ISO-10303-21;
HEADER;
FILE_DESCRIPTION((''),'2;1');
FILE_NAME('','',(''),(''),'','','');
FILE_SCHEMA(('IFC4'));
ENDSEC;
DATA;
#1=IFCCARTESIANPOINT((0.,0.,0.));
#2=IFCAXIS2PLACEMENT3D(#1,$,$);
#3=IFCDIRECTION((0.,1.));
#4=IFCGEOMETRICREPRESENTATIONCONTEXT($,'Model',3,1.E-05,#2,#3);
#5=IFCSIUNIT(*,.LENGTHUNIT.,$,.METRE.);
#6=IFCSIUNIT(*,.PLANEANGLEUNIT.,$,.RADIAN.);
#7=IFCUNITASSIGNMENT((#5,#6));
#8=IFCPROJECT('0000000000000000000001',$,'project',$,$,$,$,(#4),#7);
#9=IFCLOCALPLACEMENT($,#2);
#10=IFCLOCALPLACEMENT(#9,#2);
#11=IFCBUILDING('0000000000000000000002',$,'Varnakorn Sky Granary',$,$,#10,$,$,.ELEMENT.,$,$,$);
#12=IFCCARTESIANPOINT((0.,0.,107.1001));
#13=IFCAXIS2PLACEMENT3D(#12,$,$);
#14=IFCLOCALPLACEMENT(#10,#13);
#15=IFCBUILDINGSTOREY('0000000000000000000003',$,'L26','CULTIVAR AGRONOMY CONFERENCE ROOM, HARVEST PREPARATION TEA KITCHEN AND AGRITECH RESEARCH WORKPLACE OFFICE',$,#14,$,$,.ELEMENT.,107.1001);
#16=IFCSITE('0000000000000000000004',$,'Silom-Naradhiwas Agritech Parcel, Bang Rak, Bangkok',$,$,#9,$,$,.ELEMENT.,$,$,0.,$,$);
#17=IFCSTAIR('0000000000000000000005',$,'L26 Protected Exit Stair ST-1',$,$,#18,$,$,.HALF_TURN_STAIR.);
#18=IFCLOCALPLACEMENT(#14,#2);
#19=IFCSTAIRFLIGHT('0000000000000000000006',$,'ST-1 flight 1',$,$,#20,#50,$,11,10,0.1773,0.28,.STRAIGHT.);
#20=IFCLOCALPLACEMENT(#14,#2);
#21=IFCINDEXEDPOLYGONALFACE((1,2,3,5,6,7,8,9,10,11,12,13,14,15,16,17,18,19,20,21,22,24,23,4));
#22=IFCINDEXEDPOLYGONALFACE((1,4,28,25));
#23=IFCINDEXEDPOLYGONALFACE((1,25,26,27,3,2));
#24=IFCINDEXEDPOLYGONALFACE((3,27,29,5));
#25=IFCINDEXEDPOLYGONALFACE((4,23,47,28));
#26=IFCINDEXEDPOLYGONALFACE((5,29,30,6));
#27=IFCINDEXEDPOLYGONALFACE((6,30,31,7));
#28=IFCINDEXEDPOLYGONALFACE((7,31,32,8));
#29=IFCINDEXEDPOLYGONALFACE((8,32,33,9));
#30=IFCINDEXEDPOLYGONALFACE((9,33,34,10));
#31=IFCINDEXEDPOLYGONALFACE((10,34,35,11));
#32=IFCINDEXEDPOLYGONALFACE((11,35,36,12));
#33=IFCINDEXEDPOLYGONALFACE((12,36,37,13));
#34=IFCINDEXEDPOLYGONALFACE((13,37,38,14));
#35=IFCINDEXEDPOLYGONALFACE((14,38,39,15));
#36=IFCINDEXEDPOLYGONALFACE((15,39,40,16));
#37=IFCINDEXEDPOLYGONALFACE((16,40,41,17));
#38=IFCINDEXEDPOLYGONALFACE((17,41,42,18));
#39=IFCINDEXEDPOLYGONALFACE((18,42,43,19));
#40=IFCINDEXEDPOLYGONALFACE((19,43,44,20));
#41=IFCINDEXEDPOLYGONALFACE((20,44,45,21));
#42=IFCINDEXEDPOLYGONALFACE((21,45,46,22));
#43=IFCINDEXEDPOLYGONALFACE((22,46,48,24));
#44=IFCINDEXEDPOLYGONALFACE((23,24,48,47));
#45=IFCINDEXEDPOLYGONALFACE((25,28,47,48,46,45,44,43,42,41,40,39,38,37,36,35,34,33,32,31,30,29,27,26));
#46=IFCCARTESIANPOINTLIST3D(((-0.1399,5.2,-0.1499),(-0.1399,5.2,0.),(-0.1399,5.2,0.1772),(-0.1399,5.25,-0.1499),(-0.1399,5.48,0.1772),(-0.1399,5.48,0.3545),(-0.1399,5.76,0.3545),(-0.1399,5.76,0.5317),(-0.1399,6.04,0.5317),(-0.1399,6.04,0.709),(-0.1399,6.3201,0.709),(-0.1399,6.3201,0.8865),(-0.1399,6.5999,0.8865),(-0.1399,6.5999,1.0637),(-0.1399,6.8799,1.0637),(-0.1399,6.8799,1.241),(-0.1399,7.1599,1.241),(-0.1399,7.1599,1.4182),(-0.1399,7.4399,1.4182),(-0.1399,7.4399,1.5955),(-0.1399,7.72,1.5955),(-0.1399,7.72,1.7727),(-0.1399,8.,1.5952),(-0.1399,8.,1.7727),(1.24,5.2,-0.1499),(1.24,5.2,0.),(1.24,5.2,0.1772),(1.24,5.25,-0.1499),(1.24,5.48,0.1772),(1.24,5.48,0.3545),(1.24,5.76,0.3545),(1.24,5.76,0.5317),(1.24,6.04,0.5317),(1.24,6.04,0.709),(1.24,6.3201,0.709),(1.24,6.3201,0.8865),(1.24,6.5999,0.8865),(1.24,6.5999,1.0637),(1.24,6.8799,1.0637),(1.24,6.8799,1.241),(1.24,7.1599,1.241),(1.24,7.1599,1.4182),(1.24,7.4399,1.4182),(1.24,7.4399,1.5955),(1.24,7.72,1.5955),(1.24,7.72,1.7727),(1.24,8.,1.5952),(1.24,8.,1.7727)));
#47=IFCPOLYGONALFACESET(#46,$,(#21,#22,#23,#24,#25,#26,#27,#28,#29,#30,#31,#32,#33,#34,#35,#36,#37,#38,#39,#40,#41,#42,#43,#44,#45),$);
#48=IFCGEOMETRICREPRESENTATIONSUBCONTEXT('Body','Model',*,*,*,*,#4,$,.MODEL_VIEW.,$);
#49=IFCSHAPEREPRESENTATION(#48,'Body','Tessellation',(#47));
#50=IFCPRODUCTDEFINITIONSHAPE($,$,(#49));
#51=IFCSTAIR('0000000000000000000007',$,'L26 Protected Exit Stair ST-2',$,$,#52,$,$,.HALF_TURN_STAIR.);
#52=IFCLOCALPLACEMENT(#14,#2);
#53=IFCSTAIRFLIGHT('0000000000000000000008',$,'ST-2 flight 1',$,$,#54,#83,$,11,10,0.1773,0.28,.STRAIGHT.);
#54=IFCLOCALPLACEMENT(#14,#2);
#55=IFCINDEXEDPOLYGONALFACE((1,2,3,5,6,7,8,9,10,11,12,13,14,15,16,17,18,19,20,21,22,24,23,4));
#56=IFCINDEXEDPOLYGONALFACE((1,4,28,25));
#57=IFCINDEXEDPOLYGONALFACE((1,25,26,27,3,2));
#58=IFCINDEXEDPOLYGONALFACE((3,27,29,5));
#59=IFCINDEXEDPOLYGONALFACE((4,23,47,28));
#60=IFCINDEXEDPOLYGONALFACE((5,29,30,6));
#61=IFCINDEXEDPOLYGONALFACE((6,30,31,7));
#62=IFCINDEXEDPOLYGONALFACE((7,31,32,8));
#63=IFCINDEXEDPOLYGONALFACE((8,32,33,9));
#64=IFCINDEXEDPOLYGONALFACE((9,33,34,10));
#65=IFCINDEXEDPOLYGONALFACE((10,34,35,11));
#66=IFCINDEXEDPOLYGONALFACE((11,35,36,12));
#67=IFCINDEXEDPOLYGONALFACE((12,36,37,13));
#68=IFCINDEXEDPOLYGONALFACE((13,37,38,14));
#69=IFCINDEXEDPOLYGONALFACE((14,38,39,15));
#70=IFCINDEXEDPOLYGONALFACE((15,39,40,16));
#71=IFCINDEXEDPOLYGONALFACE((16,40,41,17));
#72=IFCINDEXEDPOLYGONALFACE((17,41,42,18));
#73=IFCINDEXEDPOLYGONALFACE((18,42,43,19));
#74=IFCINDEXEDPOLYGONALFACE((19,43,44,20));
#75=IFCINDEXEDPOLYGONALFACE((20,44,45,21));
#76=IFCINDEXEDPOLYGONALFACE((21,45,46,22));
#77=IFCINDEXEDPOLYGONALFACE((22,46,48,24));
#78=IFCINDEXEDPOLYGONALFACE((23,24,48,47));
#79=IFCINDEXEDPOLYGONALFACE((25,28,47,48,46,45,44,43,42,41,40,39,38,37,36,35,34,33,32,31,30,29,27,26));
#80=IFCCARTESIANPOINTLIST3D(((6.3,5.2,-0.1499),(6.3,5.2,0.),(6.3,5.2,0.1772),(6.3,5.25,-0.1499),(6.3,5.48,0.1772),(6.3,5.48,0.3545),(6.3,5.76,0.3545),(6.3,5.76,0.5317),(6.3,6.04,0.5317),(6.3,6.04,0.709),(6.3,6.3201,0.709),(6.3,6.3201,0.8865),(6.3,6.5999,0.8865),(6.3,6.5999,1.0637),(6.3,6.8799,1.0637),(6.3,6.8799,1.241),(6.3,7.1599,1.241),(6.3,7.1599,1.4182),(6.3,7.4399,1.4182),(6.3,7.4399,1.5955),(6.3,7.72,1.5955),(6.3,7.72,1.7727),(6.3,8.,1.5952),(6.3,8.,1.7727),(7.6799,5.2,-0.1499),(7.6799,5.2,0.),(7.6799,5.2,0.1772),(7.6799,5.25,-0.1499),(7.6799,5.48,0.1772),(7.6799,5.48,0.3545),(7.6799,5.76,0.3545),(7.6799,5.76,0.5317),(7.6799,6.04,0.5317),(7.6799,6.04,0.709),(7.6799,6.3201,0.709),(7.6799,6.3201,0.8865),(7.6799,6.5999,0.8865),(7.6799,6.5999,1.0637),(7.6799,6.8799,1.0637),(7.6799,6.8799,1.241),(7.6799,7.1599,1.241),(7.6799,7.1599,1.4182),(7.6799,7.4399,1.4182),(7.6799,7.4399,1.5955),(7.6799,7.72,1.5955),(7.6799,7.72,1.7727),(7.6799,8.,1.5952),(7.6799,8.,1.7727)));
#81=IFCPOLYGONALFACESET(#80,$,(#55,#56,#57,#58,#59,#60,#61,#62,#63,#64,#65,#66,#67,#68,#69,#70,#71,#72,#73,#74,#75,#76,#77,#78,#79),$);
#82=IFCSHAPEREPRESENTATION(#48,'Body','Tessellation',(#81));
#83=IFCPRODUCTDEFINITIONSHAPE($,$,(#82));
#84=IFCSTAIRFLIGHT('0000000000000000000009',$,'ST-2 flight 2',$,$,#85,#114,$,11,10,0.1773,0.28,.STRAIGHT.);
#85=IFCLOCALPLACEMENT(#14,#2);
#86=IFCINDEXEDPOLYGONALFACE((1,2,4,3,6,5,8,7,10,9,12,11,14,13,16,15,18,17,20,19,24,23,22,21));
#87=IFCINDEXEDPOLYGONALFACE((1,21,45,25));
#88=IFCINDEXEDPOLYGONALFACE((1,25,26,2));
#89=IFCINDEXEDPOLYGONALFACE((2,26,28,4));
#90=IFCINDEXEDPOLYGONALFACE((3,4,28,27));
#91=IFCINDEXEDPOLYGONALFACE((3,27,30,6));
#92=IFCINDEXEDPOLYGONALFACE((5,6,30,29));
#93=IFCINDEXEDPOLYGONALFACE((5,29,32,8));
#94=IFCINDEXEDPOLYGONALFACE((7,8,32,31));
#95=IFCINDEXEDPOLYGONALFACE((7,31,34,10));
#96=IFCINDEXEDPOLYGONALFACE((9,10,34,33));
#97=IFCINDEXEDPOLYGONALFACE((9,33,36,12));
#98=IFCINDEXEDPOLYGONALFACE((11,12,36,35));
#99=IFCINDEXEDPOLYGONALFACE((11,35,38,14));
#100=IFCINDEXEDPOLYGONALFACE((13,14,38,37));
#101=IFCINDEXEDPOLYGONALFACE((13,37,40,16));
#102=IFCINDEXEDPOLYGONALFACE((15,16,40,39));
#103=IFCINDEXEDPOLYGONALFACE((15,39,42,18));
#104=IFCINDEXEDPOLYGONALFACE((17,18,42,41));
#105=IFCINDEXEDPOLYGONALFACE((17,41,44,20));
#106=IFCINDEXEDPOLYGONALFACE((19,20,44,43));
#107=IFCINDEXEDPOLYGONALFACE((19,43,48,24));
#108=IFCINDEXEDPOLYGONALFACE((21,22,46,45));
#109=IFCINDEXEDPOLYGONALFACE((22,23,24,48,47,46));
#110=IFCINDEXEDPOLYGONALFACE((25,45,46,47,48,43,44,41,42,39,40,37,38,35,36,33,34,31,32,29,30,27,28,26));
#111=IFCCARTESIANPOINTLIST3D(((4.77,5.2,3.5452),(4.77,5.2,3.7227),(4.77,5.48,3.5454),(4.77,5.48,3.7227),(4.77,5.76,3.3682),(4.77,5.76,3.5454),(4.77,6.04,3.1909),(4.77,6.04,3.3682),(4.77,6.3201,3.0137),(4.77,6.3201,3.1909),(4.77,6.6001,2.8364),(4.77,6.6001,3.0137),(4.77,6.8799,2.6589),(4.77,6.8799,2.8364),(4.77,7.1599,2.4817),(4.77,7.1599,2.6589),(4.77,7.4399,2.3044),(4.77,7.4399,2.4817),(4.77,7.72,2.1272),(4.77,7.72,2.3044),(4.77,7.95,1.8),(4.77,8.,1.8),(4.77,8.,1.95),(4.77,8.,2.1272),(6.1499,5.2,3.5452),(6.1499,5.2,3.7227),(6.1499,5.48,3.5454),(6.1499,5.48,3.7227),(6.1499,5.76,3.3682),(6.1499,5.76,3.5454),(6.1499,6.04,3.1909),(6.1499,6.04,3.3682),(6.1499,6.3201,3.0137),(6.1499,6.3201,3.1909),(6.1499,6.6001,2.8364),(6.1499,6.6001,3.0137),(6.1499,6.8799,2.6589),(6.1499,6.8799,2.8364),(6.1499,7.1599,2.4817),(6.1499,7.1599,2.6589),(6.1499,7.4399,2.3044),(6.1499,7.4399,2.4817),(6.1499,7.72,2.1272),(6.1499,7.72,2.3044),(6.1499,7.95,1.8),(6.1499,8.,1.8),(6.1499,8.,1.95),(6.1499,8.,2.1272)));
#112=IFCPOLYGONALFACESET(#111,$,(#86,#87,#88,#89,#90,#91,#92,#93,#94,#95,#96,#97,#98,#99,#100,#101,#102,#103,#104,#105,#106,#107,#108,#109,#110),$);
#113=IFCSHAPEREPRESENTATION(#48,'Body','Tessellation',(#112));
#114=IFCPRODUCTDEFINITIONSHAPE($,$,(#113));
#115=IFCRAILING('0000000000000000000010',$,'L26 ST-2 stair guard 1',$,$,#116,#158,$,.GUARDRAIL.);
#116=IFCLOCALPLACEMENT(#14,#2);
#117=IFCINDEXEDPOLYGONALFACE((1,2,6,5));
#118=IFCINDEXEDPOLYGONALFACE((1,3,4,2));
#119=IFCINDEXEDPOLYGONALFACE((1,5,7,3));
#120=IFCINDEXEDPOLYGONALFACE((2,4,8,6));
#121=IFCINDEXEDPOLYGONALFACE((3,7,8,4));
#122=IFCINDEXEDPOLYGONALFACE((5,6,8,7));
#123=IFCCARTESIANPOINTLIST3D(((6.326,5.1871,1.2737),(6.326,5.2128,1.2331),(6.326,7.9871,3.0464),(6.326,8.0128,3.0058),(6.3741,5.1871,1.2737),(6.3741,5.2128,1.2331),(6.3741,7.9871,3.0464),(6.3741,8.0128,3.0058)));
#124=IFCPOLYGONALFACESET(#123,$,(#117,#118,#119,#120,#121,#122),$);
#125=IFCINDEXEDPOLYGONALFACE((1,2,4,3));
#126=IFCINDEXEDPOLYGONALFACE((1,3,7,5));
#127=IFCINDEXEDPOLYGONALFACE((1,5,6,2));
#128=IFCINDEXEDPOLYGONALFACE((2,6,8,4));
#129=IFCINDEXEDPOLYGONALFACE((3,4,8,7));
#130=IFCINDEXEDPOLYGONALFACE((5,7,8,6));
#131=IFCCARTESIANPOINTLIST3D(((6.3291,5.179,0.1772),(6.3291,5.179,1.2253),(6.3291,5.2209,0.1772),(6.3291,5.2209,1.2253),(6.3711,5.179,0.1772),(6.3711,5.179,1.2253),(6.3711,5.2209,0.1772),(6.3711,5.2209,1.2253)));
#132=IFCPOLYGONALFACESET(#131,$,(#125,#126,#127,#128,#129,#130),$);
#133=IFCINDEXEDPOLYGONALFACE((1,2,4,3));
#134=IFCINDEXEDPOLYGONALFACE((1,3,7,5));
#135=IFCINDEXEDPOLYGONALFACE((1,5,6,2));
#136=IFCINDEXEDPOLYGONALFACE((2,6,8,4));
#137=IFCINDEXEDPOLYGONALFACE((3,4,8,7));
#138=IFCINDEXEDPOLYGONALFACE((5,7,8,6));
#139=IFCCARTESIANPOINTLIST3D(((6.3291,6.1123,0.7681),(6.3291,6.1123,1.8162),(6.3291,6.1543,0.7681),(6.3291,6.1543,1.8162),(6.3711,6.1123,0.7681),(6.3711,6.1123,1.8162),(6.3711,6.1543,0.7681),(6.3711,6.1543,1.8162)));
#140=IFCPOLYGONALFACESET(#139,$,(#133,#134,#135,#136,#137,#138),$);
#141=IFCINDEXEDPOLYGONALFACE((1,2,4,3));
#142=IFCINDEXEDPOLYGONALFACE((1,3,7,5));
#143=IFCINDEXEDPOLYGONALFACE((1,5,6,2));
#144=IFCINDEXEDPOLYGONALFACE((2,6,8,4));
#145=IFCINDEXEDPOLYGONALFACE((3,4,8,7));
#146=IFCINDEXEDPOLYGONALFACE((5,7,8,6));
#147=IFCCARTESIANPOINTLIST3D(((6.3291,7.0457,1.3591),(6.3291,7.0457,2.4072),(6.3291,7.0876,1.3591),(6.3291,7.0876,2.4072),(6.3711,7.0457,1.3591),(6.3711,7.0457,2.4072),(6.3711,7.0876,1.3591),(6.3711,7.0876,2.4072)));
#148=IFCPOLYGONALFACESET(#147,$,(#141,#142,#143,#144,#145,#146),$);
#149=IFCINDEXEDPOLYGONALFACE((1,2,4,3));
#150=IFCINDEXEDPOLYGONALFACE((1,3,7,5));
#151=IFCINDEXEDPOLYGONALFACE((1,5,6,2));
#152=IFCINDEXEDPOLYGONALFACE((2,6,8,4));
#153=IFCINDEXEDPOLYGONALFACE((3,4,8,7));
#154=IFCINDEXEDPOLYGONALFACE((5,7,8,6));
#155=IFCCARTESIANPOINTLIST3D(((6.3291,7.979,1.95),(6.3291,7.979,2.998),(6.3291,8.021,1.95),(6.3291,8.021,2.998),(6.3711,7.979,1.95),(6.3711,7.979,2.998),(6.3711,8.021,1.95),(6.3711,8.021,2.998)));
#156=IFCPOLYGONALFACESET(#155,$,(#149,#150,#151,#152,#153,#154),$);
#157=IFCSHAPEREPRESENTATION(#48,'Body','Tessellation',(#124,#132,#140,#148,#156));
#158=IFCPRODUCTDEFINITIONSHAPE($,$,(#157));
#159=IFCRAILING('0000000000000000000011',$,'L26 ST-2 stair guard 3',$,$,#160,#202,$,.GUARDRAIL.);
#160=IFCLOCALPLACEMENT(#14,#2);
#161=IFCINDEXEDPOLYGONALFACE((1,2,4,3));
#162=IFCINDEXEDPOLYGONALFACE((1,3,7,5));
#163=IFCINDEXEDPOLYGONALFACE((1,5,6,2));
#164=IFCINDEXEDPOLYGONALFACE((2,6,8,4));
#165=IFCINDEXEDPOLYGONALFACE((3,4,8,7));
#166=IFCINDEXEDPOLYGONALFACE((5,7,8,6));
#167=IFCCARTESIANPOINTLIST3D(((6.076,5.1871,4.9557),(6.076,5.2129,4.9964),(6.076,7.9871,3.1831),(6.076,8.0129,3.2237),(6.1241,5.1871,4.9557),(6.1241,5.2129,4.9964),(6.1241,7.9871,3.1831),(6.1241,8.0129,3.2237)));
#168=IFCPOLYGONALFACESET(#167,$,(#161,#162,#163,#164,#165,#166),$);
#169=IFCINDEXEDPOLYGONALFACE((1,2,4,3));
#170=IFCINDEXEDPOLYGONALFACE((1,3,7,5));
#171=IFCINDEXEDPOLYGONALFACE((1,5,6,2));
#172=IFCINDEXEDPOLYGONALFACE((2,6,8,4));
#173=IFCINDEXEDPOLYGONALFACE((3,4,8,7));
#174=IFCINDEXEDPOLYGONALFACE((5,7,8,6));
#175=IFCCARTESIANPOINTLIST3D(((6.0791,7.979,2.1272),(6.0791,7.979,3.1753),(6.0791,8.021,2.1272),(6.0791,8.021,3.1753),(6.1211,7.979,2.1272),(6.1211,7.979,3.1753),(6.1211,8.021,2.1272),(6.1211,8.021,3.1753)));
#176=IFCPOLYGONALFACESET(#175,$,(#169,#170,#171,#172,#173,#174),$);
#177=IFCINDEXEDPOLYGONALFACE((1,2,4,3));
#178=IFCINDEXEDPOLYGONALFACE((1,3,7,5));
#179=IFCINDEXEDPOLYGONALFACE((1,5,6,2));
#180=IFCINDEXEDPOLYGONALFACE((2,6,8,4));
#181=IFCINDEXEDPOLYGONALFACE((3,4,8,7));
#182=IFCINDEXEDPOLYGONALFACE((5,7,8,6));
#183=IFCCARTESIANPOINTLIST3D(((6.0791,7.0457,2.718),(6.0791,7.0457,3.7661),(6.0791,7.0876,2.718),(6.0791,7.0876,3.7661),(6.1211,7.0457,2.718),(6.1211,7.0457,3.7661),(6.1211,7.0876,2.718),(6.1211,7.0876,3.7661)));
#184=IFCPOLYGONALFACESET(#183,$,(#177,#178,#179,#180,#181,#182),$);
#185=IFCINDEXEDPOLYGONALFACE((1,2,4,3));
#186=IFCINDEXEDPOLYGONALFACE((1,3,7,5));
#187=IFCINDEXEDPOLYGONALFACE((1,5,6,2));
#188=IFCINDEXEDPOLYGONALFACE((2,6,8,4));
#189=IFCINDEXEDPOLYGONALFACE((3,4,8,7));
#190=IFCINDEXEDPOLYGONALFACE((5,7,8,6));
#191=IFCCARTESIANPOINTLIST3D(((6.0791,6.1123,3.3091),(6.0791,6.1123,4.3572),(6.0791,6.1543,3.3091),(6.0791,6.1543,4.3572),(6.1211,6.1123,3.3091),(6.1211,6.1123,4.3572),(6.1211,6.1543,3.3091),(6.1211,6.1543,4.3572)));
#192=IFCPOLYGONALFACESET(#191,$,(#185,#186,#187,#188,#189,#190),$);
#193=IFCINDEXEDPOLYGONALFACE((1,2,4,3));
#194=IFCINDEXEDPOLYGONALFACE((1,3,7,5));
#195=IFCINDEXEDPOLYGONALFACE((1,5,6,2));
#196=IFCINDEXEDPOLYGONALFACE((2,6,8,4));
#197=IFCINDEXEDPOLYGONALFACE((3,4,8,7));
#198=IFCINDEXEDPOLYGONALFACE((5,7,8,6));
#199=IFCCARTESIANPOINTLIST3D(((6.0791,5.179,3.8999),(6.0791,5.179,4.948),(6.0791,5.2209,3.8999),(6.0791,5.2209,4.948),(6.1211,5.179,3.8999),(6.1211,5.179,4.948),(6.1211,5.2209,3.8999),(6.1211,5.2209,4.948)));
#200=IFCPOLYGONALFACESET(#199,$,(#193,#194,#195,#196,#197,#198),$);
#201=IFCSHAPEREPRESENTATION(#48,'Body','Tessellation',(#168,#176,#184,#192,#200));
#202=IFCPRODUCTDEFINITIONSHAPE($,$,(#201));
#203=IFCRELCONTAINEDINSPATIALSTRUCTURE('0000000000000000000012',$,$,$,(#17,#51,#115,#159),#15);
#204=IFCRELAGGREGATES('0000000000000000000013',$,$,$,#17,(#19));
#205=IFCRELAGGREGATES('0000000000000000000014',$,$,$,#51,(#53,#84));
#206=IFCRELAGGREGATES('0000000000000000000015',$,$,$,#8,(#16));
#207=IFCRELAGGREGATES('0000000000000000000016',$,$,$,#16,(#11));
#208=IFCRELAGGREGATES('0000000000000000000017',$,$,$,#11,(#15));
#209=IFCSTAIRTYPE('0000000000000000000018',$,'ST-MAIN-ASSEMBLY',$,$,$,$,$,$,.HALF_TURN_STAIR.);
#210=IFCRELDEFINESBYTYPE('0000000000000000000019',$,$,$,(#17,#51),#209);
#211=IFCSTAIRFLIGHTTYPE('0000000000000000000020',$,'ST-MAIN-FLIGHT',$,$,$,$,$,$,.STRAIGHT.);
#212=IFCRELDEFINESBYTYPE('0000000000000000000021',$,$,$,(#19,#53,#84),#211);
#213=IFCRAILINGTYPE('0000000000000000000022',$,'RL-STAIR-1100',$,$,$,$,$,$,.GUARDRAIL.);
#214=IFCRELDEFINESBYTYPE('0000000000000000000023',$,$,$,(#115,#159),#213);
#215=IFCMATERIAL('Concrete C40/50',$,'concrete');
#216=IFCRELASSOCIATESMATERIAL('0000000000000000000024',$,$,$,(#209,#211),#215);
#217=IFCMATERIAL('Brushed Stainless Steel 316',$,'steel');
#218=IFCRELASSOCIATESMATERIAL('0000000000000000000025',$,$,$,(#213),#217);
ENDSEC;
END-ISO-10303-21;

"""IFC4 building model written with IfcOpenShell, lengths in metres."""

from ifc_helpers import new_model, si_unit, direction, frame, origin, origin_2d, place, context, subcontext, project, spatial, polyline, rectangle, outline, extrude, material, type_object, element, aggregate, save


model = new_model("IFC4")

# Units and contexts
model_context = context("Model", 3, precision=1e-05, world=origin(), true_north=direction((0.0, 1.0)))
body_context = subcontext(model_context, "Body", "Model", "MODEL_VIEW")
ifc_project = project(units=[si_unit("LENGTHUNIT", "METRE"), si_unit("PLANEANGLEUNIT", "RADIAN")], contexts=[model_context])

# Site, building, storey
site_placement = place(None, origin())
site = spatial("IfcSite", under=ifc_project, at=site_placement, Name="Silom-Naradhiwas Agritech Parcel, Bang Rak, Bangkok", CompositionType="ELEMENT", RefElevation=0.0)
building_placement = place(site_placement, origin())
building = spatial("IfcBuilding", under=site, at=building_placement, Name="Varnakorn Sky Granary", CompositionType="ELEMENT")
storey_placement = place(building_placement, frame((0.0, 0.0, 107.1001)))
storey = spatial("IfcBuildingStorey", under=building, at=storey_placement, Name="L26", Description="CULTIVAR AGRONOMY CONFERENCE ROOM, HARVEST PREPARATION TEA KITCHEN AND AGRITECH RESEARCH WORKPLACE OFFICE", CompositionType="ELEMENT", Elevation=107.1001)

# Stair, stair flight
ifc_material_1 = material(Name="Concrete C40/50", Category="concrete")
stair_type = type_object("IfcStairType", Name="ST-MAIN-ASSEMBLY", PredefinedType="HALF_TURN_STAIR", material=ifc_material_1)
stair_1_placement = place(storey_placement, origin())
stair_1 = element("IfcStair", 1, at=stair_1_placement, inside=storey, type_object=stair_type, Name="L26 Protected Exit Stair ST-1", PredefinedType="HALF_TURN_STAIR")
stair_flight_type = type_object("IfcStairFlightType", Name="ST-MAIN-FLIGHT", PredefinedType="STRAIGHT", material=ifc_material_1)
stair_flight_1_placement = place(storey_placement, frame((0.55, 5.2, 0.0), z_axis=(0.0, 0.0, 1.0), x_axis=(0.0, 1.0, 0.0)))
stair_flight_1 = element("IfcStairFlight", 2, at=stair_flight_1_placement, type_object=stair_flight_type, Name="ST-1 flight 1", NumberOfRisers=11, NumberOfTreads=10, PredefinedType="STRAIGHT", RiserHeight=0.1773, TreadLength=0.28, context=body_context, shape_type="SweptSolid", body=[
    extrude(outline(polyline([(0.0, -0.1499), (0.0, 0.0), (0.0, 0.1772), (0.28, 0.1772), (0.28, 0.3545), (0.5601, 0.3545), (0.5601, 0.5317), (0.8401, 0.5317), (0.8401, 0.709), (1.1201, 0.709), (1.1201, 0.8865), (1.3999, 0.8865), (1.3999, 1.0637), (1.6799, 1.0637), (1.6799, 1.241), (1.96, 1.241), (1.96, 1.4182), (2.24, 1.4182), (2.24, 1.5955), (2.52, 1.5955), (2.52, 1.7727), (2.8, 1.7727), (2.8, 1.95), (2.8, 1.5952), (0.05, -0.1499), (0.0, -0.1499)])), frame((0.0, 0.6899, 0.0), z_axis=(0.0, -1.0, 0.0), x_axis=(1.0, 0.0, 0.0)), (0.0, 0.0, 1.0), 1.3799),
])
aggregate(stair_1, [stair_flight_1])

# Stair, stair flights
stair_2_placement = place(storey_placement, origin())
stair_2 = element("IfcStair", 3, at=stair_2_placement, inside=storey, type_object=stair_type, Name="L26 Protected Exit Stair ST-2", PredefinedType="HALF_TURN_STAIR")
stair_flight_2_placement = place(storey_placement, frame((6.99, 5.2, 0.0), z_axis=(0.0, 0.0, 1.0), x_axis=(0.0, 1.0, 0.0)))
stair_flight_2 = element("IfcStairFlight", 4, at=stair_flight_2_placement, type_object=stair_flight_type, Name="ST-2 flight 1", NumberOfRisers=11, NumberOfTreads=10, PredefinedType="STRAIGHT", RiserHeight=0.1773, TreadLength=0.28, context=body_context, shape_type="SweptSolid", body=[
    extrude(outline(polyline([(0.0, -0.1499), (0.0, 0.0), (0.0, 0.1772), (0.28, 0.1772), (0.28, 0.3545), (0.5601, 0.3545), (0.5601, 0.5317), (0.8401, 0.5317), (0.8401, 0.709), (1.1201, 0.709), (1.1201, 0.8865), (1.3999, 0.8865), (1.3999, 1.0637), (1.6799, 1.0637), (1.6799, 1.241), (1.96, 1.241), (1.96, 1.4182), (2.24, 1.4182), (2.24, 1.5955), (2.52, 1.5955), (2.52, 1.7727), (2.8, 1.7727), (2.8, 1.95), (2.8, 1.5952), (0.05, -0.1499), (0.0, -0.1499)])), frame((0.0, 0.6899, 0.0), z_axis=(0.0, -1.0, 0.0), x_axis=(1.0, 0.0, 0.0)), (0.0, 0.0, 1.0), 1.3799),
])
stair_flight_3_placement = place(storey_placement, frame((5.46, 8.0, 1.95), z_axis=(0.0, 0.0, 1.0), x_axis=(0.0, -1.0, 0.0)))
stair_flight_3 = element("IfcStairFlight", 5, at=stair_flight_3_placement, type_object=stair_flight_type, Name="ST-2 flight 2", NumberOfRisers=11, NumberOfTreads=10, PredefinedType="STRAIGHT", RiserHeight=0.1773, TreadLength=0.28, context=body_context, shape_type="SweptSolid", body=[
    extrude(outline(polyline([(0.0, -0.1499), (0.0, 0.0), (0.0, 0.1772), (0.28, 0.1772), (0.28, 0.3545), (0.5601, 0.3545), (0.5601, 0.5317), (0.8401, 0.5317), (0.8401, 0.709), (1.1201, 0.709), (1.1201, 0.8865), (1.3999, 0.8865), (1.3999, 1.0637), (1.6799, 1.0637), (1.6799, 1.241), (1.96, 1.241), (1.96, 1.4182), (2.24, 1.4182), (2.24, 1.5955), (2.52, 1.5955), (2.52, 1.7727), (2.8, 1.7727), (2.8, 1.95), (2.8, 1.5952), (0.05, -0.1499), (0.0, -0.1499)])), frame((0.0, 0.6899, 0.0), z_axis=(0.0, -1.0, 0.0), x_axis=(1.0, 0.0, 0.0)), (0.0, 0.0, 1.0), 1.3799),
])
aggregate(stair_2, [stair_flight_2, stair_flight_3])

# Railings
ifc_material_2 = material(Name="Brushed Stainless Steel 316", Category="steel")
railing_type_1 = type_object("IfcRailingType", Name="RL-STAIR-1100", PredefinedType="GUARDRAIL", material=ifc_material_2)
railing_1_placement = place(storey_placement, frame((6.3501, 5.2, 0.1772)))
element("IfcRailing", 6, at=railing_1_placement, inside=storey, type_object=railing_type_1, Name="L26 ST-2 stair guard 1", PredefinedType="GUARDRAIL", context=body_context, shape_type="SweptSolid", body=[
    extrude(rectangle(XDim=0.0481, YDim=0.0481, at=origin_2d()), frame((0.0, 0.0, 1.0762), z_axis=(0.0, 0.844909, 0.53491), x_axis=(-1.0, 0.0, 0.0)), (0.0, 0.0, 1.0), 3.314),
    extrude(rectangle(XDim=0.042, YDim=0.042, at=origin_2d()), origin(), (0.0, 0.0, 1.0), 1.0481),
    extrude(rectangle(XDim=0.042, YDim=0.042, at=origin_2d()), frame((0.0, 0.9333, 0.5908)), (0.0, 0.0, 1.0), 1.0481),
    extrude(rectangle(XDim=0.042, YDim=0.042, at=origin_2d()), frame((0.0, 1.8667, 1.1819)), (0.0, 0.0, 1.0), 1.0481),
    extrude(rectangle(XDim=0.042, YDim=0.042, at=origin_2d()), frame((0.0, 2.8, 1.7727)), (0.0, 0.0, 1.0), 1.0481),
])
railing_2_placement = place(storey_placement, frame((6.1001, 8.0, 2.1272)))
element("IfcRailing", 7, at=railing_2_placement, inside=storey, type_object=railing_type_1, Name="L26 ST-2 stair guard 3", PredefinedType="GUARDRAIL", context=body_context, shape_type="SweptSolid", body=[
    extrude(rectangle(XDim=0.0481, YDim=0.0481, at=origin_2d()), frame((0.0, 0.0, 1.0762), z_axis=(0.0, -0.844909, 0.53491), x_axis=(1.0, 0.0, 0.0)), (0.0, 0.0, 1.0), 3.314),
    extrude(rectangle(XDim=0.042, YDim=0.042, at=origin_2d()), origin(), (0.0, 0.0, 1.0), 1.0481),
    extrude(rectangle(XDim=0.042, YDim=0.042, at=origin_2d()), frame((0.0, -0.9333, 0.5908)), (0.0, 0.0, 1.0), 1.0481),
    extrude(rectangle(XDim=0.042, YDim=0.042, at=origin_2d()), frame((0.0, -1.8667, 1.1819)), (0.0, 0.0, 1.0), 1.0481),
    extrude(rectangle(XDim=0.042, YDim=0.042, at=origin_2d()), frame((0.0, -2.8, 1.7727)), (0.0, 0.0, 1.0), 1.0481),
])

save(model, "model.ifc")
